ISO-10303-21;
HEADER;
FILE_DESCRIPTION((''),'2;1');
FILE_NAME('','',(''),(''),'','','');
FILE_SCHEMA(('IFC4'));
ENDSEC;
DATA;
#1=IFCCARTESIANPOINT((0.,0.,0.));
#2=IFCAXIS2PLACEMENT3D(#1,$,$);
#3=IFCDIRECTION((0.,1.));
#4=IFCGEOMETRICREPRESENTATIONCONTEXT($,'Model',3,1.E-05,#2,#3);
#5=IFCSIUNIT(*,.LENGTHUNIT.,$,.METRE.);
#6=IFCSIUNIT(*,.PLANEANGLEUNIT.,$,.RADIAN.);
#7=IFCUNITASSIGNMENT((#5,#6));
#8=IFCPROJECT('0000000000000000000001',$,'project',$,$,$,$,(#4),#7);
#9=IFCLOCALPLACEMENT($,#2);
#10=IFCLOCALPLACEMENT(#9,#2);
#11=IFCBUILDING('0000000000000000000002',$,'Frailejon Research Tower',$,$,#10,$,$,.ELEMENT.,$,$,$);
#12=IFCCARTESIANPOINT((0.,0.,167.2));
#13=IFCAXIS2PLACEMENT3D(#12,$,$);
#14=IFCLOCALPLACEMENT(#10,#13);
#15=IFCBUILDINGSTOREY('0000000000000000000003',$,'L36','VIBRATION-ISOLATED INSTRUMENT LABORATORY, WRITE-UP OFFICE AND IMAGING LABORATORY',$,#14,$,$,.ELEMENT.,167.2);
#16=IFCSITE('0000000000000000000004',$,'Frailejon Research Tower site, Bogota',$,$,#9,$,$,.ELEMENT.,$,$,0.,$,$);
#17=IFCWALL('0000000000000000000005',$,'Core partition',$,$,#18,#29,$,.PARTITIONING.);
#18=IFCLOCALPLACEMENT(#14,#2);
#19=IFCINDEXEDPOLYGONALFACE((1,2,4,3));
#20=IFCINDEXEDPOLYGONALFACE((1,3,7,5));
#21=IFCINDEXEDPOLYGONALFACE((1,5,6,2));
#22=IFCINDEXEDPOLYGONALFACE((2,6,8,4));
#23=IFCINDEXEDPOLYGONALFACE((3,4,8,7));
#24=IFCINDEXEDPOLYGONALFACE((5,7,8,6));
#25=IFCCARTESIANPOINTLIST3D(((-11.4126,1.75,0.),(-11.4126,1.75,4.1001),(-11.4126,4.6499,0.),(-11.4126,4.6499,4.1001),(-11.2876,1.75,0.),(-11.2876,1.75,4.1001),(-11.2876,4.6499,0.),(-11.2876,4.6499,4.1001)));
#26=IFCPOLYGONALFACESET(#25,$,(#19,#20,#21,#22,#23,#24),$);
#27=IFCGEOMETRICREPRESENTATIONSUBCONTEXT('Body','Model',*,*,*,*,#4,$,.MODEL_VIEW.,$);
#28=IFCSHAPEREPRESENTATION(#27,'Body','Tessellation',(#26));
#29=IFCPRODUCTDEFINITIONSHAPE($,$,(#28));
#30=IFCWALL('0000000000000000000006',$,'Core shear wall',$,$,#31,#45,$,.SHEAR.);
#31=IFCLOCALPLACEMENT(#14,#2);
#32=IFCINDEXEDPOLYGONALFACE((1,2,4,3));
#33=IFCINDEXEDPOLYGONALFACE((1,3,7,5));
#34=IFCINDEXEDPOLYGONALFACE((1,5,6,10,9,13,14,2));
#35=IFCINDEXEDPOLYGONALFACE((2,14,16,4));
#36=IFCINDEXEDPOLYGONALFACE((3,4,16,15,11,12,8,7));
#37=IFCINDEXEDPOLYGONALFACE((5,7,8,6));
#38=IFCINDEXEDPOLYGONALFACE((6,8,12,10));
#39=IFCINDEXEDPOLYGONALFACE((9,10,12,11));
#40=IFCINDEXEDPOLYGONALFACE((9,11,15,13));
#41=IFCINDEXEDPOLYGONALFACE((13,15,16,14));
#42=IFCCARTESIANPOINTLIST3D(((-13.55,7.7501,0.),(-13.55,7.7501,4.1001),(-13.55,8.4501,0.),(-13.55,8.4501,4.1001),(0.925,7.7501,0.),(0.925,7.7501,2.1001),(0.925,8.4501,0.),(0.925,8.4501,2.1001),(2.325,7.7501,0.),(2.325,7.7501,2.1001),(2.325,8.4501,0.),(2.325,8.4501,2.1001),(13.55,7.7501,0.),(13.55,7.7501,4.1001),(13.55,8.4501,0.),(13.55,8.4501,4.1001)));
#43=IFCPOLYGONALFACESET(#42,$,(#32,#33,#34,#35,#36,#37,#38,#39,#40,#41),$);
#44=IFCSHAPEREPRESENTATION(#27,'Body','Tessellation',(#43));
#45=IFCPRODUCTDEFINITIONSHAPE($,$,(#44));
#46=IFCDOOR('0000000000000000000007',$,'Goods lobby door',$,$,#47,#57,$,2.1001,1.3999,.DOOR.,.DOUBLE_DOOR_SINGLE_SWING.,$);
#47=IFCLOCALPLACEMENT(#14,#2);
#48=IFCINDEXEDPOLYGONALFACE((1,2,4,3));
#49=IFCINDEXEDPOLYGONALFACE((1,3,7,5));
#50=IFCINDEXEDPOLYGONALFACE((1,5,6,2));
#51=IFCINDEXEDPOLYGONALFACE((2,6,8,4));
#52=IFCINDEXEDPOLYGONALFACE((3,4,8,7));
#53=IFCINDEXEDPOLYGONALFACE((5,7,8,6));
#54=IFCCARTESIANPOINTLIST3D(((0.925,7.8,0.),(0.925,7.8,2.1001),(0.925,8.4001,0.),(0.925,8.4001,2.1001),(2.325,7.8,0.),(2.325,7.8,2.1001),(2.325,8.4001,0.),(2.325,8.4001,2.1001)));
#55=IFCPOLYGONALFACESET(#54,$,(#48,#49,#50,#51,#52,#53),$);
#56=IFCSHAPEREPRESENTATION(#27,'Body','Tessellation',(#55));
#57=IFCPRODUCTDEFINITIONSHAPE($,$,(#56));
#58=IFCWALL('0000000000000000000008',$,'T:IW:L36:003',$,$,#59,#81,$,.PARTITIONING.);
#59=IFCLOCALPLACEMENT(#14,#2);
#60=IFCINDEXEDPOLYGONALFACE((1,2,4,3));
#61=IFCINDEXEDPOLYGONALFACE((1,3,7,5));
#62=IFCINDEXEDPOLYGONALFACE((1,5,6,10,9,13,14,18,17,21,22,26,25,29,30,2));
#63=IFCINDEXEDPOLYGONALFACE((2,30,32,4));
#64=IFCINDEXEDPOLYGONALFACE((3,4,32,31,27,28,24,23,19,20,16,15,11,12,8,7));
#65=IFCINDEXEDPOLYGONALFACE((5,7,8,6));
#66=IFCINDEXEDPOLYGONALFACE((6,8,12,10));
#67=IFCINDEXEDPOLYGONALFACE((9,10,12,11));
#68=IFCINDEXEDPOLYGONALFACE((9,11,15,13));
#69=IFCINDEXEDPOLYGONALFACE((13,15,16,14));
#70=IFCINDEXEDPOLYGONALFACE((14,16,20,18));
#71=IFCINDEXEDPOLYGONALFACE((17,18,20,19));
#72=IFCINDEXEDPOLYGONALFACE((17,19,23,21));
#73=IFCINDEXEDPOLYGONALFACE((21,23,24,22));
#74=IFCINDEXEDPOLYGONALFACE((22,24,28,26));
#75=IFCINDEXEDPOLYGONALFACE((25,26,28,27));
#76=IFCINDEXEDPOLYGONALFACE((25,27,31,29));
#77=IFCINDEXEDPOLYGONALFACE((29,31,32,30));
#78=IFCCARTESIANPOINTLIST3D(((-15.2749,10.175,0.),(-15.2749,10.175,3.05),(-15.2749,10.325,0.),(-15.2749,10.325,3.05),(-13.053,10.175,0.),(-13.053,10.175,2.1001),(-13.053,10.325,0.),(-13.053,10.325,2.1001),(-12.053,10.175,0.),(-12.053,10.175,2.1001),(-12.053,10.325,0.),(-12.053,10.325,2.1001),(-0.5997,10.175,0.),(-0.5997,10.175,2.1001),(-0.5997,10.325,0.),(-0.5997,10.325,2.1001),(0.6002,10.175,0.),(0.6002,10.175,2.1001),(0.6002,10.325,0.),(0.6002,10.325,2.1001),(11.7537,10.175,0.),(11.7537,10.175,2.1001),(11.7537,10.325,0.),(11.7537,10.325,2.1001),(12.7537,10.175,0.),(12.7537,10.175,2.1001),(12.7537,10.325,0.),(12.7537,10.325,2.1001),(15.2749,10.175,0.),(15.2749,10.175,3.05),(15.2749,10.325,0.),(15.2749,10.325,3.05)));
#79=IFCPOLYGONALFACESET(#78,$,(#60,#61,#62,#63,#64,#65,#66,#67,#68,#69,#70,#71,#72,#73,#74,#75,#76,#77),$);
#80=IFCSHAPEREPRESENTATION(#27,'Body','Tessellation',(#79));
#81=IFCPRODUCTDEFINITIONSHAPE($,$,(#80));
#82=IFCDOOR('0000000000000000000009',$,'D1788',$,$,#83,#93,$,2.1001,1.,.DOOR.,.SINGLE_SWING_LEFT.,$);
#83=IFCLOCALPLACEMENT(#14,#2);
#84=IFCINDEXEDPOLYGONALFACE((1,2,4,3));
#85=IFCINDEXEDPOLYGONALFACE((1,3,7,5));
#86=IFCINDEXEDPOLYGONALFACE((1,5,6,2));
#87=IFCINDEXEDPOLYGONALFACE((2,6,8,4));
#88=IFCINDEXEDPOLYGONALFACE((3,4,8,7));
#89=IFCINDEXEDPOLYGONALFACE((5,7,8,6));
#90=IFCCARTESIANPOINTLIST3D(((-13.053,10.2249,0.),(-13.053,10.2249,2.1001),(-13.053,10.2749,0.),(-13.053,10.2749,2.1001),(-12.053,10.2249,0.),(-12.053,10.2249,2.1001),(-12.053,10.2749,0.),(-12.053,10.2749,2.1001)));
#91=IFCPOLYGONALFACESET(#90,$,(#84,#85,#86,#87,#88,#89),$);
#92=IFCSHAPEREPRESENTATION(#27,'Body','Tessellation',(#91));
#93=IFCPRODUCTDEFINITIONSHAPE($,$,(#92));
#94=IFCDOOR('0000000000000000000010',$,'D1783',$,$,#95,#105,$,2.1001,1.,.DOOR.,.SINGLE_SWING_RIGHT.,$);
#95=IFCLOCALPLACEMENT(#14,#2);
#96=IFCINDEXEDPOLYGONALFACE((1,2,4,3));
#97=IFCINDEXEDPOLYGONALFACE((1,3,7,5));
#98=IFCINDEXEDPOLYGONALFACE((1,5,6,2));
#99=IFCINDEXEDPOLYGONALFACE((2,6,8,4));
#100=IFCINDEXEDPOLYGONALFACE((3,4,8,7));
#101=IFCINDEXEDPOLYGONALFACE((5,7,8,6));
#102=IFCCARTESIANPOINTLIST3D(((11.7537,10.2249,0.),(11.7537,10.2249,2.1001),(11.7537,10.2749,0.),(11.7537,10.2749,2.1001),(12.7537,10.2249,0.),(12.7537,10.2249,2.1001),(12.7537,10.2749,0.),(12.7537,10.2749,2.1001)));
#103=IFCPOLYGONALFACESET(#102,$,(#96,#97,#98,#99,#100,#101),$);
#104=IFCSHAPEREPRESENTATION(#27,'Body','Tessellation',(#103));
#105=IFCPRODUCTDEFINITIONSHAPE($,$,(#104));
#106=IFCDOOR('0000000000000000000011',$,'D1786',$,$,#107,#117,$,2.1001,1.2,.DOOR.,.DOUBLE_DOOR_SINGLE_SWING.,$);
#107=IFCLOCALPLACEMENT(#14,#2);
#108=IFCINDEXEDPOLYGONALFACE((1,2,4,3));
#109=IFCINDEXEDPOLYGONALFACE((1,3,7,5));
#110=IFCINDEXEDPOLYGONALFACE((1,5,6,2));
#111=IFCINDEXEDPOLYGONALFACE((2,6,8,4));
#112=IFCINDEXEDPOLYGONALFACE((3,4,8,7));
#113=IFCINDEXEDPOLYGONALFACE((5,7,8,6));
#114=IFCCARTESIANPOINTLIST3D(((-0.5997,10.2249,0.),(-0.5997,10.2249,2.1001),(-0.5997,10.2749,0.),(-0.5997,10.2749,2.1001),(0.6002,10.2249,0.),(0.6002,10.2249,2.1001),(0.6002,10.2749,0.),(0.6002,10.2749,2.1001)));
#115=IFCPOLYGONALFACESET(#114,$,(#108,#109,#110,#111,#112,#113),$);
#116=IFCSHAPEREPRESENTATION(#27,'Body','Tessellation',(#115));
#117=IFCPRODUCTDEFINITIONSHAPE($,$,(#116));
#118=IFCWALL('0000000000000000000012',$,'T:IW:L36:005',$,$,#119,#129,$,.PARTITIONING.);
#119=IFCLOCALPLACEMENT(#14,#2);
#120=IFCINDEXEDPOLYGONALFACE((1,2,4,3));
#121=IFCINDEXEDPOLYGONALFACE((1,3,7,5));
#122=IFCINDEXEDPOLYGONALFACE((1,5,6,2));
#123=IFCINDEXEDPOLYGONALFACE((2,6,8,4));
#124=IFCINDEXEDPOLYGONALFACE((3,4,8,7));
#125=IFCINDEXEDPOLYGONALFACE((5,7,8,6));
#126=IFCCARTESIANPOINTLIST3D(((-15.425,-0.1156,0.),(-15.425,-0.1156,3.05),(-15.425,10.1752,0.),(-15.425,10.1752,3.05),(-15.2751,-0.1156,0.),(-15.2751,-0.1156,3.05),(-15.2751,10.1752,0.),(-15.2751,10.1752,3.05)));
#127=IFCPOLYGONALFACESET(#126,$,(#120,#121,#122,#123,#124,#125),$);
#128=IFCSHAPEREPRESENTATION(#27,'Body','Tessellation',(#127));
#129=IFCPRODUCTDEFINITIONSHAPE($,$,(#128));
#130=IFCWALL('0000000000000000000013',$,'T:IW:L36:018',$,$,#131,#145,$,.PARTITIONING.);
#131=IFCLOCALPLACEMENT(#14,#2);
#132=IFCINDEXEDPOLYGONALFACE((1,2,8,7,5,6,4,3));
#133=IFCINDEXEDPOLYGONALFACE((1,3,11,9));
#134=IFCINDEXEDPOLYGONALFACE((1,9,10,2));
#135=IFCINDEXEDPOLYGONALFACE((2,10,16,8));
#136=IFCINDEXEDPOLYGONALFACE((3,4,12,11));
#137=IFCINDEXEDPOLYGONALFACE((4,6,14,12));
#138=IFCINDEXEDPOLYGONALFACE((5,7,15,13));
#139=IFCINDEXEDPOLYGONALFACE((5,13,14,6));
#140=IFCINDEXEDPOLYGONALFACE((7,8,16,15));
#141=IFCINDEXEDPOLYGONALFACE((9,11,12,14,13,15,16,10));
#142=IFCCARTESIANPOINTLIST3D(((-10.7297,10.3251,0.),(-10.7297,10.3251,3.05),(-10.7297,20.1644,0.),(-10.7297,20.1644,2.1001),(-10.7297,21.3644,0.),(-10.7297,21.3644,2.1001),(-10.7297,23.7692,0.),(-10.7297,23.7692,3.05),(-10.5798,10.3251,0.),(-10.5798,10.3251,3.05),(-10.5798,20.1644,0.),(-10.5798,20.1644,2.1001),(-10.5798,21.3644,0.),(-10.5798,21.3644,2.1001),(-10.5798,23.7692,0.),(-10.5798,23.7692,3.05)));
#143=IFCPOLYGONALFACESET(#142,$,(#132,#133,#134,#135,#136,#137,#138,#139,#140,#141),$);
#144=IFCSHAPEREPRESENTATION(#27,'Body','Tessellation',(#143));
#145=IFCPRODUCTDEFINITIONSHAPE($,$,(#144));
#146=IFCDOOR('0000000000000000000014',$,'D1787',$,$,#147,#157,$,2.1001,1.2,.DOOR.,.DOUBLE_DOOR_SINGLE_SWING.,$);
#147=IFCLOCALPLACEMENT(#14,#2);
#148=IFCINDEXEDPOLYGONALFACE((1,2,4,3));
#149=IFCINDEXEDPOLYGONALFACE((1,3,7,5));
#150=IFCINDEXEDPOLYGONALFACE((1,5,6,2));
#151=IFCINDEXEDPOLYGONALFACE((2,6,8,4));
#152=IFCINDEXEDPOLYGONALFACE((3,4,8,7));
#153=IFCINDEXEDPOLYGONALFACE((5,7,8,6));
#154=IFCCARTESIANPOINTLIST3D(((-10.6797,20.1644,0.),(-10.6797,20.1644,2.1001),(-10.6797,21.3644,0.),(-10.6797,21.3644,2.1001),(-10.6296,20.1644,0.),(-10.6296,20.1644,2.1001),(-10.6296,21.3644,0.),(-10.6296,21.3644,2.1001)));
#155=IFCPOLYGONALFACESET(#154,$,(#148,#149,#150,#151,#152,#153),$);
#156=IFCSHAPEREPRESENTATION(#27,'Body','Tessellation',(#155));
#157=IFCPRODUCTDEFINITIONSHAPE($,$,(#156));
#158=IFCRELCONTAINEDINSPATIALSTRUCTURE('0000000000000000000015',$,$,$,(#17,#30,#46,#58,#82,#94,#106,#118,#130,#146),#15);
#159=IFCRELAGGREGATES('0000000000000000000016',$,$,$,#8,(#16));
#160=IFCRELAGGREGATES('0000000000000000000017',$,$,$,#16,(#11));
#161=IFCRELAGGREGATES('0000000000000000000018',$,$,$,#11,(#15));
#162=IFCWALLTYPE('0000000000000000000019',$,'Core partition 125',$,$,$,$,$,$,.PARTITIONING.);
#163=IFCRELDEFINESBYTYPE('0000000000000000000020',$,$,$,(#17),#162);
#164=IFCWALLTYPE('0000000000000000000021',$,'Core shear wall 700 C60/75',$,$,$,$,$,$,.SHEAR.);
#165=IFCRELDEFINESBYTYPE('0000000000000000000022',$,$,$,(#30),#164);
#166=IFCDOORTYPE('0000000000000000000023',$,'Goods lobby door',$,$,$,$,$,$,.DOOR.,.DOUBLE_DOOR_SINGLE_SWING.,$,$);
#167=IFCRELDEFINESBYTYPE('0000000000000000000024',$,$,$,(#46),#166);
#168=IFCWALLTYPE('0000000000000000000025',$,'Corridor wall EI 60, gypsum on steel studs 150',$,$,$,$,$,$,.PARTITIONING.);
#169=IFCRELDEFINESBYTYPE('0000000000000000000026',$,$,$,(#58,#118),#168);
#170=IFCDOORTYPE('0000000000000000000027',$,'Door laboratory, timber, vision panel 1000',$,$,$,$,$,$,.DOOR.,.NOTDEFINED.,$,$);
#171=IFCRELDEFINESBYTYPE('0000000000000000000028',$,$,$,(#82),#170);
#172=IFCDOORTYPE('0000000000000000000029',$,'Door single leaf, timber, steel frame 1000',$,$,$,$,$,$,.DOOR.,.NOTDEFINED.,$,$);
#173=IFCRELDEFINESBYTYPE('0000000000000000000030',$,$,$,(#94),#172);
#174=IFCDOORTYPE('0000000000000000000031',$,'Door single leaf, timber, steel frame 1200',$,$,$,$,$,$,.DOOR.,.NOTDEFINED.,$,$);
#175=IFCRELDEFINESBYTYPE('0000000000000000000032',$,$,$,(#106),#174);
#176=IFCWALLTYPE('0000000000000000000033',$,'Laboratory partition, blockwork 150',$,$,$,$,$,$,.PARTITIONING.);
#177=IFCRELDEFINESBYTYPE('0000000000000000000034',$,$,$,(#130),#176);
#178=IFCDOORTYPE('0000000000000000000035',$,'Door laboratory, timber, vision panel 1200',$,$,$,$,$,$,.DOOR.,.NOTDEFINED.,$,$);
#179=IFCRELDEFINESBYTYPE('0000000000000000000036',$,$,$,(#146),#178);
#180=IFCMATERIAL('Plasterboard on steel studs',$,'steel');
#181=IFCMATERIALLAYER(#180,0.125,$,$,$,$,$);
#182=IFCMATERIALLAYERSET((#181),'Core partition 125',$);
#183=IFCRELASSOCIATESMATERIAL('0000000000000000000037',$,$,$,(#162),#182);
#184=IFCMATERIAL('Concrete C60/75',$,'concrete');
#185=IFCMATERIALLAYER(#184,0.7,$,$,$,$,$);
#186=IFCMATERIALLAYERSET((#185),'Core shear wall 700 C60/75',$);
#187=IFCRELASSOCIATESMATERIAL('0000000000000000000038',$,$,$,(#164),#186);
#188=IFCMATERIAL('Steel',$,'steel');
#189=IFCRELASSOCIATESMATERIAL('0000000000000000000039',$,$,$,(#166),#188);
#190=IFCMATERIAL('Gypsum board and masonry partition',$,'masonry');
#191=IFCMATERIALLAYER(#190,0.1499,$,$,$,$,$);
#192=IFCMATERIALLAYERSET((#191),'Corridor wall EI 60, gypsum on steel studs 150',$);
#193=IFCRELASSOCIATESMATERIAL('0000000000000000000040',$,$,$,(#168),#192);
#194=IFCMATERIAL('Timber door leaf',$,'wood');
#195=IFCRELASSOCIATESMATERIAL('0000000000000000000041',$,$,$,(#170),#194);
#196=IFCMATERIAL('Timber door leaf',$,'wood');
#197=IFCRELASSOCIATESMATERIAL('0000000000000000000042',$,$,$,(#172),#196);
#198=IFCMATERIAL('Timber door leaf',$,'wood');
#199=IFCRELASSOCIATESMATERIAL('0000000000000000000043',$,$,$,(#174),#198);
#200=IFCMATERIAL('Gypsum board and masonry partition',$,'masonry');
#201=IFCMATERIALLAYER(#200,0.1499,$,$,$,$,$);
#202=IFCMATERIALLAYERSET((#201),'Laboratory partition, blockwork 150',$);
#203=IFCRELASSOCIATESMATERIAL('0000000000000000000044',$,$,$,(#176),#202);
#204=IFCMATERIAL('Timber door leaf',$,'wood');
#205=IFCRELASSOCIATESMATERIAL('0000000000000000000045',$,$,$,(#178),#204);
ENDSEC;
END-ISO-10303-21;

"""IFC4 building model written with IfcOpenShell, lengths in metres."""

from ifc_helpers import new_model, si_unit, direction, frame, frame_2d, origin, place, context, subcontext, project, spatial, rectangle, extrude, material, layer, layer_set, type_object, element, fill, save


model = new_model("IFC4")

# Units and contexts
model_context = context("Model", 3, precision=1e-05, world=origin(), true_north=direction((0.0, 1.0)))
body_context = subcontext(model_context, "Body", "Model", "MODEL_VIEW")
ifc_project = project(units=[si_unit("LENGTHUNIT", "METRE"), si_unit("PLANEANGLEUNIT", "RADIAN")], contexts=[model_context])

# Site, building, storey
site_placement = place(None, origin())
site = spatial("IfcSite", under=ifc_project, at=site_placement, Name="Frailejon Research Tower site, Bogota", CompositionType="ELEMENT", RefElevation=0.0)
building_placement = place(site_placement, origin())
building = spatial("IfcBuilding", under=site, at=building_placement, Name="Frailejon Research Tower", CompositionType="ELEMENT")
storey_placement = place(building_placement, frame((0.0, 0.0, 167.2)))
storey = spatial("IfcBuildingStorey", under=building, at=storey_placement, Name="L36", Description="VIBRATION-ISOLATED INSTRUMENT LABORATORY, WRITE-UP OFFICE AND IMAGING LABORATORY", CompositionType="ELEMENT", Elevation=167.2)

# Wall
ifc_material_1 = material(Name="Plasterboard on steel studs", Category="steel")
ifc_layer_1 = layer(ifc_material_1, 0.125)
ifc_layer_set_1 = layer_set([ifc_layer_1], Name="Core partition 125")
wall_type_1 = type_object("IfcWallType", Name="Core partition 125", PredefinedType="PARTITIONING", material=ifc_layer_set_1)
wall_1_placement = place(storey_placement, frame((-11.3501, 1.75, 0.0), z_axis=(0.0, 0.0, 1.0), x_axis=(0.0, 1.0, 0.0)))
element("IfcWall", 1, at=wall_1_placement, inside=storey, type_object=wall_type_1, Name="Core partition", PredefinedType="PARTITIONING", context=body_context, shape_type="SweptSolid", body=[
    extrude(rectangle(XDim=2.8999, YDim=0.125, at=frame_2d((1.45, 0.0))), origin(), (0.0, 0.0, 1.0), 4.1001),
])

# Wall, opening, door
ifc_material_2 = material(Name="Concrete C60/75", Category="concrete")
ifc_layer_2 = layer(ifc_material_2, 0.7)
ifc_layer_set_2 = layer_set([ifc_layer_2], Name="Core shear wall 700 C60/75")
wall_type_2 = type_object("IfcWallType", Name="Core shear wall 700 C60/75", PredefinedType="SHEAR", material=ifc_layer_set_2)
wall_2_placement = place(storey_placement, frame((-13.55, 8.1001, 0.0), z_axis=(0.0, 0.0, 1.0), x_axis=(1.0, 0.0, 0.0)))
wall_2 = element("IfcWall", 2, at=wall_2_placement, inside=storey, type_object=wall_type_2, Name="Core shear wall", PredefinedType="SHEAR", context=body_context, shape_type="SweptSolid", body=[
    extrude(rectangle(XDim=27.1001, YDim=0.7, at=frame_2d((13.55, 0.0))), origin(), (0.0, 0.0, 1.0), 4.1001),
])
opening_1_placement = place(wall_2_placement, frame((14.4751, 0.0, 0.0)))
opening_1 = element("IfcOpeningElement", 3, at=opening_1_placement, cuts=wall_2, PredefinedType="OPENING", context=body_context, shape_type="SweptSolid", body=[
    extrude(rectangle(XDim=1.3999, YDim=2.1001, at=frame_2d((0.7, 1.05))), frame((0.0, 0.3599, 0.0), z_axis=(0.0, -1.0, 0.0), x_axis=(1.0, 0.0, 0.0)), (0.0, 0.0, 1.0), 0.72),
])
ifc_material_3 = material(Name="Steel", Category="steel")
door_type_1 = type_object("IfcDoorType", Name="Goods lobby door", OperationType="DOUBLE_DOOR_SINGLE_SWING", PredefinedType="DOOR", material=ifc_material_3)
door_1_placement = place(opening_1_placement, origin())
door_1 = element("IfcDoor", 4, at=door_1_placement, inside=storey, type_object=door_type_1, Name="Goods lobby door", OperationType="DOUBLE_DOOR_SINGLE_SWING", OverallHeight=2.1001, OverallWidth=1.3999, PredefinedType="DOOR", context=body_context, shape_type="SweptSolid", body=[
    extrude(rectangle(XDim=1.3999, YDim=2.1001, at=frame_2d((0.7, 1.05))), frame((0.0, 0.3, 0.0), z_axis=(0.0, -1.0, 0.0), x_axis=(1.0, 0.0, 0.0)), (0.0, 0.0, 1.0), 0.6001),
])
fill(opening_1, door_1)

# Wall, openings, doors
ifc_material_4 = material(Name="Gypsum board and masonry partition", Category="masonry")
ifc_layer_3 = layer(ifc_material_4, 0.1499)
ifc_layer_set_3 = layer_set([ifc_layer_3], Name="Corridor wall EI 60, gypsum on steel studs 150")
wall_type_3 = type_object("IfcWallType", Name="Corridor wall EI 60, gypsum on steel studs 150", PredefinedType="PARTITIONING", material=ifc_layer_set_3)
wall_3_placement = place(storey_placement, frame((-15.2749, 10.25, 0.0), z_axis=(0.0, 0.0, 1.0), x_axis=(1.0, 0.0, 0.0)))
wall_3 = element("IfcWall", 5, at=wall_3_placement, inside=storey, type_object=wall_type_3, Name="T:IW:L36:003", PredefinedType="PARTITIONING", context=body_context, shape_type="SweptSolid", body=[
    extrude(rectangle(XDim=30.5498, YDim=0.1499, at=frame_2d((15.2749, 0.0))), origin(), (0.0, 0.0, 1.0), 3.05),
])
opening_2_placement = place(wall_3_placement, frame((27.0286, 0.0, 0.0)))
opening_2 = element("IfcOpeningElement", 6, at=opening_2_placement, cuts=wall_3, PredefinedType="OPENING", context=body_context, shape_type="SweptSolid", body=[
    extrude(rectangle(XDim=1.0, YDim=2.1001, at=frame_2d((0.5, 1.05))), frame((0.0, 0.085, 0.0), z_axis=(0.0, -1.0, 0.0), x_axis=(1.0, 0.0, 0.0)), (0.0, 0.0, 1.0), 0.1699),
])
opening_3_placement = place(wall_3_placement, frame((14.675, 0.0, 0.0)))
opening_3 = element("IfcOpeningElement", 7, at=opening_3_placement, cuts=wall_3, PredefinedType="OPENING", context=body_context, shape_type="SweptSolid", body=[
    extrude(rectangle(XDim=1.2, YDim=2.1001, at=frame_2d((0.6001, 1.05))), frame((0.0, 0.085, 0.0), z_axis=(0.0, -1.0, 0.0), x_axis=(1.0, 0.0, 0.0)), (0.0, 0.0, 1.0), 0.1699),
])
opening_4_placement = place(wall_3_placement, frame((2.2219, 0.0, 0.0)))
opening_4 = element("IfcOpeningElement", 8, at=opening_4_placement, cuts=wall_3, PredefinedType="OPENING", context=body_context, shape_type="SweptSolid", body=[
    extrude(rectangle(XDim=1.0, YDim=2.1001, at=frame_2d((0.5, 1.05))), frame((0.0, 0.085, 0.0), z_axis=(0.0, -1.0, 0.0), x_axis=(1.0, 0.0, 0.0)), (0.0, 0.0, 1.0), 0.1699),
])
ifc_material_5 = material(Name="Timber door leaf", Category="wood")
door_type_2 = type_object("IfcDoorType", Name="Door laboratory, timber, vision panel 1000", OperationType="NOTDEFINED", PredefinedType="DOOR", material=ifc_material_5)
door_2_placement = place(opening_4_placement, origin())
door_2 = element("IfcDoor", 9, at=door_2_placement, inside=storey, type_object=door_type_2, Name="D1788", OperationType="SINGLE_SWING_LEFT", OverallHeight=2.1001, OverallWidth=1.0, PredefinedType="DOOR", context=body_context, shape_type="SweptSolid", body=[
    extrude(rectangle(XDim=1.0, YDim=2.1001, at=frame_2d((0.5, 1.05))), frame((0.0, 0.0249, 0.0), z_axis=(0.0, -1.0, 0.0), x_axis=(1.0, 0.0, 0.0)), (0.0, 0.0, 1.0), 0.05),
])
fill(opening_4, door_2)
ifc_material_6 = material(Name="Timber door leaf", Category="wood")
door_type_3 = type_object("IfcDoorType", Name="Door single leaf, timber, steel frame 1000", OperationType="NOTDEFINED", PredefinedType="DOOR", material=ifc_material_6)
door_3_placement = place(opening_2_placement, origin())
door_3 = element("IfcDoor", 10, at=door_3_placement, inside=storey, type_object=door_type_3, Name="D1783", OperationType="SINGLE_SWING_RIGHT", OverallHeight=2.1001, OverallWidth=1.0, PredefinedType="DOOR", context=body_context, shape_type="SweptSolid", body=[
    extrude(rectangle(XDim=1.0, YDim=2.1001, at=frame_2d((0.5, 1.05))), frame((0.0, 0.0249, 0.0), z_axis=(0.0, -1.0, 0.0), x_axis=(1.0, 0.0, 0.0)), (0.0, 0.0, 1.0), 0.05),
])
fill(opening_2, door_3)
ifc_material_7 = material(Name="Timber door leaf", Category="wood")
door_type_4 = type_object("IfcDoorType", Name="Door single leaf, timber, steel frame 1200", OperationType="NOTDEFINED", PredefinedType="DOOR", material=ifc_material_7)
door_4_placement = place(opening_3_placement, origin())
door_4 = element("IfcDoor", 11, at=door_4_placement, inside=storey, type_object=door_type_4, Name="D1786", OperationType="DOUBLE_DOOR_SINGLE_SWING", OverallHeight=2.1001, OverallWidth=1.2, PredefinedType="DOOR", context=body_context, shape_type="SweptSolid", body=[
    extrude(rectangle(XDim=1.2, YDim=2.1001, at=frame_2d((0.6001, 1.05))), frame((0.0, 0.0249, 0.0), z_axis=(0.0, -1.0, 0.0), x_axis=(1.0, 0.0, 0.0)), (0.0, 0.0, 1.0), 0.05),
])
fill(opening_3, door_4)

# Wall
wall_4_placement = place(storey_placement, frame((-15.3501, -0.1157, 0.0), z_axis=(0.0, 0.0, 1.0), x_axis=(0.0, 1.0, 0.0)))
element("IfcWall", 12, at=wall_4_placement, inside=storey, type_object=wall_type_3, Name="T:IW:L36:005", PredefinedType="PARTITIONING", context=body_context, shape_type="SweptSolid", body=[
    extrude(rectangle(XDim=10.2908, YDim=0.1499, at=frame_2d((5.1455, 0.0))), origin(), (0.0, 0.0, 1.0), 3.05),
])

# Wall, opening, door
ifc_material_8 = material(Name="Gypsum board and masonry partition", Category="masonry")
ifc_layer_4 = layer(ifc_material_8, 0.1499)
ifc_layer_set_4 = layer_set([ifc_layer_4], Name="Laboratory partition, blockwork 150")
wall_type_4 = type_object("IfcWallType", Name="Laboratory partition, blockwork 150", PredefinedType="PARTITIONING", material=ifc_layer_set_4)
wall_5_placement = place(storey_placement, frame((-10.6548, 10.325, 0.0), z_axis=(0.0, 0.0, 1.0), x_axis=(0.0, 1.0, 0.0)))
wall_5 = element("IfcWall", 13, at=wall_5_placement, inside=storey, type_object=wall_type_4, Name="T:IW:L36:018", PredefinedType="PARTITIONING", context=body_context, shape_type="SweptSolid", body=[
    extrude(rectangle(XDim=13.4441, YDim=0.1499, at=frame_2d((6.7222, 0.0))), origin(), (0.0, 0.0, 1.0), 3.05),
])
opening_5_placement = place(wall_5_placement, frame((9.8394, 0.0, 0.0)))
opening_5 = element("IfcOpeningElement", 14, at=opening_5_placement, cuts=wall_5, PredefinedType="OPENING", context=body_context, shape_type="SweptSolid", body=[
    extrude(rectangle(XDim=1.2, YDim=2.1001, at=frame_2d((0.6001, 1.05))), frame((0.0, 0.085, 0.0), z_axis=(0.0, -1.0, 0.0), x_axis=(1.0, 0.0, 0.0)), (0.0, 0.0, 1.0), 0.1699),
])
ifc_material_9 = material(Name="Timber door leaf", Category="wood")
door_type_5 = type_object("IfcDoorType", Name="Door laboratory, timber, vision panel 1200", OperationType="NOTDEFINED", PredefinedType="DOOR", material=ifc_material_9)
door_5_placement = place(opening_5_placement, origin())
door_5 = element("IfcDoor", 15, at=door_5_placement, inside=storey, type_object=door_type_5, Name="D1787", OperationType="DOUBLE_DOOR_SINGLE_SWING", OverallHeight=2.1001, OverallWidth=1.2, PredefinedType="DOOR", context=body_context, shape_type="SweptSolid", body=[
    extrude(rectangle(XDim=1.2, YDim=2.1001, at=frame_2d((0.6001, 1.05))), frame((0.0, 0.0249, 0.0), z_axis=(0.0, -1.0, 0.0), x_axis=(1.0, 0.0, 0.0)), (0.0, 0.0, 1.0), 0.05),
])
fill(opening_5, door_5)

save(model, "model.ifc")
